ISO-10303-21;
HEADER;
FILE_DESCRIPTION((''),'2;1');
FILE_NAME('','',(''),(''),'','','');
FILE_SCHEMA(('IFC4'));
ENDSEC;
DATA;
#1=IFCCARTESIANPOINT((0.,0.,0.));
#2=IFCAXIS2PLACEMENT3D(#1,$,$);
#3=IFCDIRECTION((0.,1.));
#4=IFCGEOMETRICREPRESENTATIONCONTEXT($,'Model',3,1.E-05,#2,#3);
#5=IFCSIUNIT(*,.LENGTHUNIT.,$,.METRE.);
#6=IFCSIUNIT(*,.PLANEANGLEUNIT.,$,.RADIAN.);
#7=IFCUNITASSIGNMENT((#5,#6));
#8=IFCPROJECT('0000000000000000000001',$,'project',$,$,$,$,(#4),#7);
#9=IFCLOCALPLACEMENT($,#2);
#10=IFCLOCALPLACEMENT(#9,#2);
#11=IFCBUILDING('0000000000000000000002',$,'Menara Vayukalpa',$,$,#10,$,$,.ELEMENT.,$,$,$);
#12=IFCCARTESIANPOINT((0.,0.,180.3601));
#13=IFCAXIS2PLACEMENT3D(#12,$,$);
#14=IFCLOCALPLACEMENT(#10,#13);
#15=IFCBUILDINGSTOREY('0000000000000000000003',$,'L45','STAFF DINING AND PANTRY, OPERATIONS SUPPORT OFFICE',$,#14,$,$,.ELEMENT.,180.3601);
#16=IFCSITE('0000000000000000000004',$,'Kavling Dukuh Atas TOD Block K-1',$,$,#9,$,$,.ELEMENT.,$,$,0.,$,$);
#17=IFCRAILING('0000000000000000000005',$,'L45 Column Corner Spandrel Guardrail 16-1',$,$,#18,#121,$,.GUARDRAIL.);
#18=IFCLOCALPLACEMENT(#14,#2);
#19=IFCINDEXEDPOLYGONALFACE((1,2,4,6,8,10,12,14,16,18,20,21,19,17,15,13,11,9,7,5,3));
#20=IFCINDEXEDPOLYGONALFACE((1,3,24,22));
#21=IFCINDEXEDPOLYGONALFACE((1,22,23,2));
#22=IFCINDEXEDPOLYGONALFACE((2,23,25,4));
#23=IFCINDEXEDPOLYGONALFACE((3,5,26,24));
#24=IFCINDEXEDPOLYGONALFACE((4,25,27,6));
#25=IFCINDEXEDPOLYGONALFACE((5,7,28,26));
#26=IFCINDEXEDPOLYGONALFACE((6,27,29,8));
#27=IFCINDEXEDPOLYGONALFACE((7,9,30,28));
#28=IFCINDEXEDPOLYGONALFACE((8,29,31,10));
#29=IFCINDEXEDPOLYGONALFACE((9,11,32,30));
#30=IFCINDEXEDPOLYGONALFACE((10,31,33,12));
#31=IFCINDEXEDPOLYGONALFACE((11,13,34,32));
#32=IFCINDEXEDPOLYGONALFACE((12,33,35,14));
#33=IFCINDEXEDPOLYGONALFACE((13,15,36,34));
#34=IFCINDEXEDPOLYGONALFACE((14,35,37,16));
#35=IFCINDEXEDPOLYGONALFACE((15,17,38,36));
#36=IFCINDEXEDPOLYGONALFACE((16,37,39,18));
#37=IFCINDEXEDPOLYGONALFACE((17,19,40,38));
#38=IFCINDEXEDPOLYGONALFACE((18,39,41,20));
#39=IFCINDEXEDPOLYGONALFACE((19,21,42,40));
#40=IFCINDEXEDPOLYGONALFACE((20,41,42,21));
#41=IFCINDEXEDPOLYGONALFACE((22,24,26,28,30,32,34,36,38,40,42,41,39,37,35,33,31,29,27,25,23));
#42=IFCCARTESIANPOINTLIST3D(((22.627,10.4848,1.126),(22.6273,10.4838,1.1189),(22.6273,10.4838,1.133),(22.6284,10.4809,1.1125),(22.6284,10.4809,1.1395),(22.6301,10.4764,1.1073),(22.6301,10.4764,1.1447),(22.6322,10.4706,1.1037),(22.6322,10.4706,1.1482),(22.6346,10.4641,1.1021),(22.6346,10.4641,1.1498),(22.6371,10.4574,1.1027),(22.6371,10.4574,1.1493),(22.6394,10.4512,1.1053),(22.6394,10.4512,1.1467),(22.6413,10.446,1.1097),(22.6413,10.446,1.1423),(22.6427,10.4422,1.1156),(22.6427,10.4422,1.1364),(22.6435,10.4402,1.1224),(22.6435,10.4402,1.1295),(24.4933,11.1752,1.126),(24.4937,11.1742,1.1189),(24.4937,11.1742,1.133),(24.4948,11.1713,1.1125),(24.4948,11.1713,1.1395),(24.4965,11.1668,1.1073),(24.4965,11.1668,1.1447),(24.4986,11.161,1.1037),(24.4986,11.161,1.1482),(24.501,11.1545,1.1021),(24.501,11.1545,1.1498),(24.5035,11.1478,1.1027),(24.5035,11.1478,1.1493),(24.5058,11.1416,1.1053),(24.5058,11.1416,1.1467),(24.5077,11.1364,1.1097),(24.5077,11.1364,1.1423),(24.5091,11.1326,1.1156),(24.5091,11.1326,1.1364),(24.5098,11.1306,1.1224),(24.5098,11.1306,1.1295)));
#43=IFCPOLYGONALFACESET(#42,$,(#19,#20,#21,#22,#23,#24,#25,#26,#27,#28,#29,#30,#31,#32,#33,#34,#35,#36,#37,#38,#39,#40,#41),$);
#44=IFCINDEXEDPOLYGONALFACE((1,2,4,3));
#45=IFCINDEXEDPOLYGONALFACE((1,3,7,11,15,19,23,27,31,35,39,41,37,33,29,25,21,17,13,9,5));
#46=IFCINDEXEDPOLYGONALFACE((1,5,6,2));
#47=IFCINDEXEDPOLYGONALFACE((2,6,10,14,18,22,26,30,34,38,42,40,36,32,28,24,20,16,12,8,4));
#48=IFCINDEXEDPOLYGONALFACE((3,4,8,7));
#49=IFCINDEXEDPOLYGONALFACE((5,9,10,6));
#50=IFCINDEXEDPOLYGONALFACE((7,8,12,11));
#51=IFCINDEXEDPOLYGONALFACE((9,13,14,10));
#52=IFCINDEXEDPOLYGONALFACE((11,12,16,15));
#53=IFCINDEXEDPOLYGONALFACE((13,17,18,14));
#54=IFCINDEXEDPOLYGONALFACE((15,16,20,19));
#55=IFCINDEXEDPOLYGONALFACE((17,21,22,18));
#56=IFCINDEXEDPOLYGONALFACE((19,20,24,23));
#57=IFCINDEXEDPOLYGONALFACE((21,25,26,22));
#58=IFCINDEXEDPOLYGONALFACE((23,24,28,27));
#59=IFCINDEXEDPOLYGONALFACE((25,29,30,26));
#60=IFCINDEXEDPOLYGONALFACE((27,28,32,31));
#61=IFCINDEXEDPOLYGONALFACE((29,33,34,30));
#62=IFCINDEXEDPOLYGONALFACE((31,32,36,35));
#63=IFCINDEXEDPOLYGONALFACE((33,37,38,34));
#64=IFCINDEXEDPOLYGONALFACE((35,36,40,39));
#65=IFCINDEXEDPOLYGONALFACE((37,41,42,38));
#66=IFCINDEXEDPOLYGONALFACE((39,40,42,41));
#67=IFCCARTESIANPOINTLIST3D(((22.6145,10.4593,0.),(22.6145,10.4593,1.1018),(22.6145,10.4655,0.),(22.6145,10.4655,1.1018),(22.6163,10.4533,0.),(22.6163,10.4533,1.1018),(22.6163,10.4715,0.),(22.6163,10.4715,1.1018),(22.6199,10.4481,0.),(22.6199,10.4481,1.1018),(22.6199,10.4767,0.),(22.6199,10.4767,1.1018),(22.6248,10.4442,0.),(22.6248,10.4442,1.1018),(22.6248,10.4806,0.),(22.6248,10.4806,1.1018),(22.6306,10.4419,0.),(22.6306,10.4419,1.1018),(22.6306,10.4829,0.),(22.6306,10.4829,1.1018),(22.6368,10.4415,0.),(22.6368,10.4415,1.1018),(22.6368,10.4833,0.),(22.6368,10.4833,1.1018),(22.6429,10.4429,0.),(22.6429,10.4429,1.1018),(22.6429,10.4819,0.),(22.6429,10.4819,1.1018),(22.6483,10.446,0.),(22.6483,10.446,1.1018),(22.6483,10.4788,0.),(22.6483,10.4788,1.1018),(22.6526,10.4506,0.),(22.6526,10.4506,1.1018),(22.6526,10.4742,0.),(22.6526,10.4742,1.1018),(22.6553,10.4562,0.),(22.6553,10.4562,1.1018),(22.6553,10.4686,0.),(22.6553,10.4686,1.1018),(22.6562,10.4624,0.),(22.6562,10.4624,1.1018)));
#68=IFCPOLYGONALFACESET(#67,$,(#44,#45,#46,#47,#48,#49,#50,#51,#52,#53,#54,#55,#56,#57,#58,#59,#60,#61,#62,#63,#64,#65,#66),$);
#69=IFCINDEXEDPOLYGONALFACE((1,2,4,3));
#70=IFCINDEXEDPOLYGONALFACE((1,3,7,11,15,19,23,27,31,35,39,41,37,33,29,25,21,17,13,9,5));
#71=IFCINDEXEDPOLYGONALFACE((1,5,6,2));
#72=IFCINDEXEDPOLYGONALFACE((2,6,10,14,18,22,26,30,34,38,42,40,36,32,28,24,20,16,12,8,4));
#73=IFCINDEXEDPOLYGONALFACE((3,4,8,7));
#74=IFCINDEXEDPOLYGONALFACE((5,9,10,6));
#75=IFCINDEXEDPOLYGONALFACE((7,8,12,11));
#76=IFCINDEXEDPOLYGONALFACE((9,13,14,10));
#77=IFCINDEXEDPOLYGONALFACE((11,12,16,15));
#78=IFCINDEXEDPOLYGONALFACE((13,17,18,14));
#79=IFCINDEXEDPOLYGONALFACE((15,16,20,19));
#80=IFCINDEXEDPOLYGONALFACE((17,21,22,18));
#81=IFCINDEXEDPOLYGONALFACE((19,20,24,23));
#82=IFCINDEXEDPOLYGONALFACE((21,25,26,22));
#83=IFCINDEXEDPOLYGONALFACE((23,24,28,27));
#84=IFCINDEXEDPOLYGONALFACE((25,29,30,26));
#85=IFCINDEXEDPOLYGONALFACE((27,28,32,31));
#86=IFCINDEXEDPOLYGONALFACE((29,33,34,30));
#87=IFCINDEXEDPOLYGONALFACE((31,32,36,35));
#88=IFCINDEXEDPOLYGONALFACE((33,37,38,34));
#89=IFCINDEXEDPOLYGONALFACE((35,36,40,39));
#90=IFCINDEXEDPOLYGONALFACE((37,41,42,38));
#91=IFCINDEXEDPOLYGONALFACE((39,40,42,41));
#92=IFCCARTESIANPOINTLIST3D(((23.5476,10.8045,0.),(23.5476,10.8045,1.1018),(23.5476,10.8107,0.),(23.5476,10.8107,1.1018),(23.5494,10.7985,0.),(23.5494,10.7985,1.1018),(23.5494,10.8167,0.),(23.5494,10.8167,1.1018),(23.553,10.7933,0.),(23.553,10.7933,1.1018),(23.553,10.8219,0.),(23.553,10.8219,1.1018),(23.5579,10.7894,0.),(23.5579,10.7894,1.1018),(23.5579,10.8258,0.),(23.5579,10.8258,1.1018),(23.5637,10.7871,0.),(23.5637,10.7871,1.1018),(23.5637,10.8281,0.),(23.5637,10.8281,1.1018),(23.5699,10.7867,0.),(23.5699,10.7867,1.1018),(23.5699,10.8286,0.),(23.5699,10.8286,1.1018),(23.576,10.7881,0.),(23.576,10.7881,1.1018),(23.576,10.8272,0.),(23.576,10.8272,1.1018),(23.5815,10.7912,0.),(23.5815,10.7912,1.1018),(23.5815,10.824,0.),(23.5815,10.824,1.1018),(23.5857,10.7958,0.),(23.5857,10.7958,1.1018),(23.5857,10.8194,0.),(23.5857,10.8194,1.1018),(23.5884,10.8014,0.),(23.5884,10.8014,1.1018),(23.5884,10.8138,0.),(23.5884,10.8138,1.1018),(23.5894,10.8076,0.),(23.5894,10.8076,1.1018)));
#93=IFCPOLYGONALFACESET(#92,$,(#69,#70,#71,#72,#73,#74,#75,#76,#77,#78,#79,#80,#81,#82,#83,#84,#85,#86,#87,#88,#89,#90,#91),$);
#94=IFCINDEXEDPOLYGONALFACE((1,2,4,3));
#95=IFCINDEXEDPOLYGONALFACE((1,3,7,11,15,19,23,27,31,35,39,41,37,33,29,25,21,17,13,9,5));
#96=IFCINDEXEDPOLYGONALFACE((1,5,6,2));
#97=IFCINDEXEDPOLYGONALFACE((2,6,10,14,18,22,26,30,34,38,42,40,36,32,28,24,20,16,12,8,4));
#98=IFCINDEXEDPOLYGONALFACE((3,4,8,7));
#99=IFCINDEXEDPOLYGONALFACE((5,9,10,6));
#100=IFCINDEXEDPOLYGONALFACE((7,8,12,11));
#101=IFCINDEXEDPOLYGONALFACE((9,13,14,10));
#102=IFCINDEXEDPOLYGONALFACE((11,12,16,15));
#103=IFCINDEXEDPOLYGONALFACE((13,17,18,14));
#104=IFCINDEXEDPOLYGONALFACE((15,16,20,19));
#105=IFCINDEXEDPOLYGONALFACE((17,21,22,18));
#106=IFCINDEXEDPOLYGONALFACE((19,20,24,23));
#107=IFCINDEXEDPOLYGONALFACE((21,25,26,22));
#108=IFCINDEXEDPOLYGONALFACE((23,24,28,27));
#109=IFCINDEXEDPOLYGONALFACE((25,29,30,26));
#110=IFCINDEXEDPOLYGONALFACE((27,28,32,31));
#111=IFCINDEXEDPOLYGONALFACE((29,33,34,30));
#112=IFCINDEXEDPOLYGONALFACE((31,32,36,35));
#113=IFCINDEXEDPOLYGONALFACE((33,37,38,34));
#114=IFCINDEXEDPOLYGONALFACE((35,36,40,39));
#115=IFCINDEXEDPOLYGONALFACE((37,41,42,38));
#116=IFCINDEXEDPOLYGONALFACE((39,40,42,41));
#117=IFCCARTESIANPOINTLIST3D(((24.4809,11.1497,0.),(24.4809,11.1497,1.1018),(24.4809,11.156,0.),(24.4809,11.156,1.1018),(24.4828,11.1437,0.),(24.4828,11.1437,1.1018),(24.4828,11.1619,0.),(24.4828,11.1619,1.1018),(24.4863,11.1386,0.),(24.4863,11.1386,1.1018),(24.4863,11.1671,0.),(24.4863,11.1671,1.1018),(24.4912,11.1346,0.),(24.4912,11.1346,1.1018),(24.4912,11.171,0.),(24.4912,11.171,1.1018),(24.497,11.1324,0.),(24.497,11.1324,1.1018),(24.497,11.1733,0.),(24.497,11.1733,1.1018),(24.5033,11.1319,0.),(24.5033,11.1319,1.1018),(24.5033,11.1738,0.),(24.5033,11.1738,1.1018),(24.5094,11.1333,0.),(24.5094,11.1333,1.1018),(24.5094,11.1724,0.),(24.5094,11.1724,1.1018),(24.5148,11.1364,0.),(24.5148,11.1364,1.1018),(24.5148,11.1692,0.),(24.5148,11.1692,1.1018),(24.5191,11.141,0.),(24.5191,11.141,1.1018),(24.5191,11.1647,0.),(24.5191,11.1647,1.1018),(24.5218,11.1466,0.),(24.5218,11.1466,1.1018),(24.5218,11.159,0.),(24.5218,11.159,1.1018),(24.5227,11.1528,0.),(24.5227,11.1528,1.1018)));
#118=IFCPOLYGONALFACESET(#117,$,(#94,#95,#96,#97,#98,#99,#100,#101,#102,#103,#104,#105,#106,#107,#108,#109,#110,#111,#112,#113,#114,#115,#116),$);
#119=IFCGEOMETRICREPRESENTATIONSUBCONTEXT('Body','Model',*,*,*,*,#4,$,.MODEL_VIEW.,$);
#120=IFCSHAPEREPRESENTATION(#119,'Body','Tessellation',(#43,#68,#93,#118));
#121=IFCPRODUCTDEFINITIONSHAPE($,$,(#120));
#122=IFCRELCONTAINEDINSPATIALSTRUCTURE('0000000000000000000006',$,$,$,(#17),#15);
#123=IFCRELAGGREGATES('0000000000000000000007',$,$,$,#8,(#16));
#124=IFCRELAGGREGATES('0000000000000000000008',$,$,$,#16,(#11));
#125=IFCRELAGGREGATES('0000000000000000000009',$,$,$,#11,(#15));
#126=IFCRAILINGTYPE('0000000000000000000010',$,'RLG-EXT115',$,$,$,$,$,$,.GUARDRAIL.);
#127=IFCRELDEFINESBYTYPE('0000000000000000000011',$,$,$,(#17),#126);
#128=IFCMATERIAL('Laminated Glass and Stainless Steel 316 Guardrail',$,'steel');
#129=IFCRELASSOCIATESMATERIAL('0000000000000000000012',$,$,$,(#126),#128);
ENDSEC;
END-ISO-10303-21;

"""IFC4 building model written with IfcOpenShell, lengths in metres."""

from ifc_helpers import new_model, si_unit, direction, frame, origin, origin_2d, place, context, subcontext, project, spatial, circle, extrude, material, type_object, element, save


model = new_model("IFC4")

# Units and contexts
model_context = context("Model", 3, precision=1e-05, world=origin(), true_north=direction((0.0, 1.0)))
body_context = subcontext(model_context, "Body", "Model", "MODEL_VIEW")
ifc_project = project(units=[si_unit("LENGTHUNIT", "METRE"), si_unit("PLANEANGLEUNIT", "RADIAN")], contexts=[model_context])

# Site, building, storey
site_placement = place(None, origin())
site = spatial("IfcSite", under=ifc_project, at=site_placement, Name="Kavling Dukuh Atas TOD Block K-1", CompositionType="ELEMENT", RefElevation=0.0)
building_placement = place(site_placement, origin())
building = spatial("IfcBuilding", under=site, at=building_placement, Name="Menara Vayukalpa", CompositionType="ELEMENT")
storey_placement = place(building_placement, frame((0.0, 0.0, 180.3601)))
storey = spatial("IfcBuildingStorey", under=building, at=storey_placement, Name="L45", Description="STAFF DINING AND PANTRY, OPERATIONS SUPPORT OFFICE", CompositionType="ELEMENT", Elevation=180.3601)

# Railing
ifc_material_1 = material(Name="Laminated Glass and Stainless Steel 316 Guardrail", Category="steel")
railing_type = type_object("IfcRailingType", Name="RLG-EXT115", PredefinedType="GUARDRAIL", material=ifc_material_1)
railing_placement = place(storey_placement, frame((22.6353, 10.4624, 0.0)))
element("IfcRailing", 1, at=railing_placement, inside=storey, type_object=railing_type, Name="L45 Column Corner Spandrel Guardrail 16-1", PredefinedType="GUARDRAIL", context=body_context, shape_type="SweptSolid", body=[
    extrude(circle(Radius=0.0239, at=origin_2d()), frame((0.0, 0.0, 1.126), z_axis=(0.937888, 0.346939, 0.0), x_axis=(-0.346939, 0.937888, 0.0)), (0.0, 0.0, 1.0), 1.99),
    extrude(circle(Radius=0.021, at=origin_2d()), origin(), (0.0, 0.0, 1.0), 1.1018),
    extrude(circle(Radius=0.021, at=origin_2d()), frame((0.9331, 0.3452, 0.0)), (0.0, 0.0, 1.0), 1.1018),
    extrude(circle(Radius=0.021, at=origin_2d()), frame((1.8665, 0.6904, 0.0)), (0.0, 0.0, 1.0), 1.1018),
])

save(model, "model.ifc")
